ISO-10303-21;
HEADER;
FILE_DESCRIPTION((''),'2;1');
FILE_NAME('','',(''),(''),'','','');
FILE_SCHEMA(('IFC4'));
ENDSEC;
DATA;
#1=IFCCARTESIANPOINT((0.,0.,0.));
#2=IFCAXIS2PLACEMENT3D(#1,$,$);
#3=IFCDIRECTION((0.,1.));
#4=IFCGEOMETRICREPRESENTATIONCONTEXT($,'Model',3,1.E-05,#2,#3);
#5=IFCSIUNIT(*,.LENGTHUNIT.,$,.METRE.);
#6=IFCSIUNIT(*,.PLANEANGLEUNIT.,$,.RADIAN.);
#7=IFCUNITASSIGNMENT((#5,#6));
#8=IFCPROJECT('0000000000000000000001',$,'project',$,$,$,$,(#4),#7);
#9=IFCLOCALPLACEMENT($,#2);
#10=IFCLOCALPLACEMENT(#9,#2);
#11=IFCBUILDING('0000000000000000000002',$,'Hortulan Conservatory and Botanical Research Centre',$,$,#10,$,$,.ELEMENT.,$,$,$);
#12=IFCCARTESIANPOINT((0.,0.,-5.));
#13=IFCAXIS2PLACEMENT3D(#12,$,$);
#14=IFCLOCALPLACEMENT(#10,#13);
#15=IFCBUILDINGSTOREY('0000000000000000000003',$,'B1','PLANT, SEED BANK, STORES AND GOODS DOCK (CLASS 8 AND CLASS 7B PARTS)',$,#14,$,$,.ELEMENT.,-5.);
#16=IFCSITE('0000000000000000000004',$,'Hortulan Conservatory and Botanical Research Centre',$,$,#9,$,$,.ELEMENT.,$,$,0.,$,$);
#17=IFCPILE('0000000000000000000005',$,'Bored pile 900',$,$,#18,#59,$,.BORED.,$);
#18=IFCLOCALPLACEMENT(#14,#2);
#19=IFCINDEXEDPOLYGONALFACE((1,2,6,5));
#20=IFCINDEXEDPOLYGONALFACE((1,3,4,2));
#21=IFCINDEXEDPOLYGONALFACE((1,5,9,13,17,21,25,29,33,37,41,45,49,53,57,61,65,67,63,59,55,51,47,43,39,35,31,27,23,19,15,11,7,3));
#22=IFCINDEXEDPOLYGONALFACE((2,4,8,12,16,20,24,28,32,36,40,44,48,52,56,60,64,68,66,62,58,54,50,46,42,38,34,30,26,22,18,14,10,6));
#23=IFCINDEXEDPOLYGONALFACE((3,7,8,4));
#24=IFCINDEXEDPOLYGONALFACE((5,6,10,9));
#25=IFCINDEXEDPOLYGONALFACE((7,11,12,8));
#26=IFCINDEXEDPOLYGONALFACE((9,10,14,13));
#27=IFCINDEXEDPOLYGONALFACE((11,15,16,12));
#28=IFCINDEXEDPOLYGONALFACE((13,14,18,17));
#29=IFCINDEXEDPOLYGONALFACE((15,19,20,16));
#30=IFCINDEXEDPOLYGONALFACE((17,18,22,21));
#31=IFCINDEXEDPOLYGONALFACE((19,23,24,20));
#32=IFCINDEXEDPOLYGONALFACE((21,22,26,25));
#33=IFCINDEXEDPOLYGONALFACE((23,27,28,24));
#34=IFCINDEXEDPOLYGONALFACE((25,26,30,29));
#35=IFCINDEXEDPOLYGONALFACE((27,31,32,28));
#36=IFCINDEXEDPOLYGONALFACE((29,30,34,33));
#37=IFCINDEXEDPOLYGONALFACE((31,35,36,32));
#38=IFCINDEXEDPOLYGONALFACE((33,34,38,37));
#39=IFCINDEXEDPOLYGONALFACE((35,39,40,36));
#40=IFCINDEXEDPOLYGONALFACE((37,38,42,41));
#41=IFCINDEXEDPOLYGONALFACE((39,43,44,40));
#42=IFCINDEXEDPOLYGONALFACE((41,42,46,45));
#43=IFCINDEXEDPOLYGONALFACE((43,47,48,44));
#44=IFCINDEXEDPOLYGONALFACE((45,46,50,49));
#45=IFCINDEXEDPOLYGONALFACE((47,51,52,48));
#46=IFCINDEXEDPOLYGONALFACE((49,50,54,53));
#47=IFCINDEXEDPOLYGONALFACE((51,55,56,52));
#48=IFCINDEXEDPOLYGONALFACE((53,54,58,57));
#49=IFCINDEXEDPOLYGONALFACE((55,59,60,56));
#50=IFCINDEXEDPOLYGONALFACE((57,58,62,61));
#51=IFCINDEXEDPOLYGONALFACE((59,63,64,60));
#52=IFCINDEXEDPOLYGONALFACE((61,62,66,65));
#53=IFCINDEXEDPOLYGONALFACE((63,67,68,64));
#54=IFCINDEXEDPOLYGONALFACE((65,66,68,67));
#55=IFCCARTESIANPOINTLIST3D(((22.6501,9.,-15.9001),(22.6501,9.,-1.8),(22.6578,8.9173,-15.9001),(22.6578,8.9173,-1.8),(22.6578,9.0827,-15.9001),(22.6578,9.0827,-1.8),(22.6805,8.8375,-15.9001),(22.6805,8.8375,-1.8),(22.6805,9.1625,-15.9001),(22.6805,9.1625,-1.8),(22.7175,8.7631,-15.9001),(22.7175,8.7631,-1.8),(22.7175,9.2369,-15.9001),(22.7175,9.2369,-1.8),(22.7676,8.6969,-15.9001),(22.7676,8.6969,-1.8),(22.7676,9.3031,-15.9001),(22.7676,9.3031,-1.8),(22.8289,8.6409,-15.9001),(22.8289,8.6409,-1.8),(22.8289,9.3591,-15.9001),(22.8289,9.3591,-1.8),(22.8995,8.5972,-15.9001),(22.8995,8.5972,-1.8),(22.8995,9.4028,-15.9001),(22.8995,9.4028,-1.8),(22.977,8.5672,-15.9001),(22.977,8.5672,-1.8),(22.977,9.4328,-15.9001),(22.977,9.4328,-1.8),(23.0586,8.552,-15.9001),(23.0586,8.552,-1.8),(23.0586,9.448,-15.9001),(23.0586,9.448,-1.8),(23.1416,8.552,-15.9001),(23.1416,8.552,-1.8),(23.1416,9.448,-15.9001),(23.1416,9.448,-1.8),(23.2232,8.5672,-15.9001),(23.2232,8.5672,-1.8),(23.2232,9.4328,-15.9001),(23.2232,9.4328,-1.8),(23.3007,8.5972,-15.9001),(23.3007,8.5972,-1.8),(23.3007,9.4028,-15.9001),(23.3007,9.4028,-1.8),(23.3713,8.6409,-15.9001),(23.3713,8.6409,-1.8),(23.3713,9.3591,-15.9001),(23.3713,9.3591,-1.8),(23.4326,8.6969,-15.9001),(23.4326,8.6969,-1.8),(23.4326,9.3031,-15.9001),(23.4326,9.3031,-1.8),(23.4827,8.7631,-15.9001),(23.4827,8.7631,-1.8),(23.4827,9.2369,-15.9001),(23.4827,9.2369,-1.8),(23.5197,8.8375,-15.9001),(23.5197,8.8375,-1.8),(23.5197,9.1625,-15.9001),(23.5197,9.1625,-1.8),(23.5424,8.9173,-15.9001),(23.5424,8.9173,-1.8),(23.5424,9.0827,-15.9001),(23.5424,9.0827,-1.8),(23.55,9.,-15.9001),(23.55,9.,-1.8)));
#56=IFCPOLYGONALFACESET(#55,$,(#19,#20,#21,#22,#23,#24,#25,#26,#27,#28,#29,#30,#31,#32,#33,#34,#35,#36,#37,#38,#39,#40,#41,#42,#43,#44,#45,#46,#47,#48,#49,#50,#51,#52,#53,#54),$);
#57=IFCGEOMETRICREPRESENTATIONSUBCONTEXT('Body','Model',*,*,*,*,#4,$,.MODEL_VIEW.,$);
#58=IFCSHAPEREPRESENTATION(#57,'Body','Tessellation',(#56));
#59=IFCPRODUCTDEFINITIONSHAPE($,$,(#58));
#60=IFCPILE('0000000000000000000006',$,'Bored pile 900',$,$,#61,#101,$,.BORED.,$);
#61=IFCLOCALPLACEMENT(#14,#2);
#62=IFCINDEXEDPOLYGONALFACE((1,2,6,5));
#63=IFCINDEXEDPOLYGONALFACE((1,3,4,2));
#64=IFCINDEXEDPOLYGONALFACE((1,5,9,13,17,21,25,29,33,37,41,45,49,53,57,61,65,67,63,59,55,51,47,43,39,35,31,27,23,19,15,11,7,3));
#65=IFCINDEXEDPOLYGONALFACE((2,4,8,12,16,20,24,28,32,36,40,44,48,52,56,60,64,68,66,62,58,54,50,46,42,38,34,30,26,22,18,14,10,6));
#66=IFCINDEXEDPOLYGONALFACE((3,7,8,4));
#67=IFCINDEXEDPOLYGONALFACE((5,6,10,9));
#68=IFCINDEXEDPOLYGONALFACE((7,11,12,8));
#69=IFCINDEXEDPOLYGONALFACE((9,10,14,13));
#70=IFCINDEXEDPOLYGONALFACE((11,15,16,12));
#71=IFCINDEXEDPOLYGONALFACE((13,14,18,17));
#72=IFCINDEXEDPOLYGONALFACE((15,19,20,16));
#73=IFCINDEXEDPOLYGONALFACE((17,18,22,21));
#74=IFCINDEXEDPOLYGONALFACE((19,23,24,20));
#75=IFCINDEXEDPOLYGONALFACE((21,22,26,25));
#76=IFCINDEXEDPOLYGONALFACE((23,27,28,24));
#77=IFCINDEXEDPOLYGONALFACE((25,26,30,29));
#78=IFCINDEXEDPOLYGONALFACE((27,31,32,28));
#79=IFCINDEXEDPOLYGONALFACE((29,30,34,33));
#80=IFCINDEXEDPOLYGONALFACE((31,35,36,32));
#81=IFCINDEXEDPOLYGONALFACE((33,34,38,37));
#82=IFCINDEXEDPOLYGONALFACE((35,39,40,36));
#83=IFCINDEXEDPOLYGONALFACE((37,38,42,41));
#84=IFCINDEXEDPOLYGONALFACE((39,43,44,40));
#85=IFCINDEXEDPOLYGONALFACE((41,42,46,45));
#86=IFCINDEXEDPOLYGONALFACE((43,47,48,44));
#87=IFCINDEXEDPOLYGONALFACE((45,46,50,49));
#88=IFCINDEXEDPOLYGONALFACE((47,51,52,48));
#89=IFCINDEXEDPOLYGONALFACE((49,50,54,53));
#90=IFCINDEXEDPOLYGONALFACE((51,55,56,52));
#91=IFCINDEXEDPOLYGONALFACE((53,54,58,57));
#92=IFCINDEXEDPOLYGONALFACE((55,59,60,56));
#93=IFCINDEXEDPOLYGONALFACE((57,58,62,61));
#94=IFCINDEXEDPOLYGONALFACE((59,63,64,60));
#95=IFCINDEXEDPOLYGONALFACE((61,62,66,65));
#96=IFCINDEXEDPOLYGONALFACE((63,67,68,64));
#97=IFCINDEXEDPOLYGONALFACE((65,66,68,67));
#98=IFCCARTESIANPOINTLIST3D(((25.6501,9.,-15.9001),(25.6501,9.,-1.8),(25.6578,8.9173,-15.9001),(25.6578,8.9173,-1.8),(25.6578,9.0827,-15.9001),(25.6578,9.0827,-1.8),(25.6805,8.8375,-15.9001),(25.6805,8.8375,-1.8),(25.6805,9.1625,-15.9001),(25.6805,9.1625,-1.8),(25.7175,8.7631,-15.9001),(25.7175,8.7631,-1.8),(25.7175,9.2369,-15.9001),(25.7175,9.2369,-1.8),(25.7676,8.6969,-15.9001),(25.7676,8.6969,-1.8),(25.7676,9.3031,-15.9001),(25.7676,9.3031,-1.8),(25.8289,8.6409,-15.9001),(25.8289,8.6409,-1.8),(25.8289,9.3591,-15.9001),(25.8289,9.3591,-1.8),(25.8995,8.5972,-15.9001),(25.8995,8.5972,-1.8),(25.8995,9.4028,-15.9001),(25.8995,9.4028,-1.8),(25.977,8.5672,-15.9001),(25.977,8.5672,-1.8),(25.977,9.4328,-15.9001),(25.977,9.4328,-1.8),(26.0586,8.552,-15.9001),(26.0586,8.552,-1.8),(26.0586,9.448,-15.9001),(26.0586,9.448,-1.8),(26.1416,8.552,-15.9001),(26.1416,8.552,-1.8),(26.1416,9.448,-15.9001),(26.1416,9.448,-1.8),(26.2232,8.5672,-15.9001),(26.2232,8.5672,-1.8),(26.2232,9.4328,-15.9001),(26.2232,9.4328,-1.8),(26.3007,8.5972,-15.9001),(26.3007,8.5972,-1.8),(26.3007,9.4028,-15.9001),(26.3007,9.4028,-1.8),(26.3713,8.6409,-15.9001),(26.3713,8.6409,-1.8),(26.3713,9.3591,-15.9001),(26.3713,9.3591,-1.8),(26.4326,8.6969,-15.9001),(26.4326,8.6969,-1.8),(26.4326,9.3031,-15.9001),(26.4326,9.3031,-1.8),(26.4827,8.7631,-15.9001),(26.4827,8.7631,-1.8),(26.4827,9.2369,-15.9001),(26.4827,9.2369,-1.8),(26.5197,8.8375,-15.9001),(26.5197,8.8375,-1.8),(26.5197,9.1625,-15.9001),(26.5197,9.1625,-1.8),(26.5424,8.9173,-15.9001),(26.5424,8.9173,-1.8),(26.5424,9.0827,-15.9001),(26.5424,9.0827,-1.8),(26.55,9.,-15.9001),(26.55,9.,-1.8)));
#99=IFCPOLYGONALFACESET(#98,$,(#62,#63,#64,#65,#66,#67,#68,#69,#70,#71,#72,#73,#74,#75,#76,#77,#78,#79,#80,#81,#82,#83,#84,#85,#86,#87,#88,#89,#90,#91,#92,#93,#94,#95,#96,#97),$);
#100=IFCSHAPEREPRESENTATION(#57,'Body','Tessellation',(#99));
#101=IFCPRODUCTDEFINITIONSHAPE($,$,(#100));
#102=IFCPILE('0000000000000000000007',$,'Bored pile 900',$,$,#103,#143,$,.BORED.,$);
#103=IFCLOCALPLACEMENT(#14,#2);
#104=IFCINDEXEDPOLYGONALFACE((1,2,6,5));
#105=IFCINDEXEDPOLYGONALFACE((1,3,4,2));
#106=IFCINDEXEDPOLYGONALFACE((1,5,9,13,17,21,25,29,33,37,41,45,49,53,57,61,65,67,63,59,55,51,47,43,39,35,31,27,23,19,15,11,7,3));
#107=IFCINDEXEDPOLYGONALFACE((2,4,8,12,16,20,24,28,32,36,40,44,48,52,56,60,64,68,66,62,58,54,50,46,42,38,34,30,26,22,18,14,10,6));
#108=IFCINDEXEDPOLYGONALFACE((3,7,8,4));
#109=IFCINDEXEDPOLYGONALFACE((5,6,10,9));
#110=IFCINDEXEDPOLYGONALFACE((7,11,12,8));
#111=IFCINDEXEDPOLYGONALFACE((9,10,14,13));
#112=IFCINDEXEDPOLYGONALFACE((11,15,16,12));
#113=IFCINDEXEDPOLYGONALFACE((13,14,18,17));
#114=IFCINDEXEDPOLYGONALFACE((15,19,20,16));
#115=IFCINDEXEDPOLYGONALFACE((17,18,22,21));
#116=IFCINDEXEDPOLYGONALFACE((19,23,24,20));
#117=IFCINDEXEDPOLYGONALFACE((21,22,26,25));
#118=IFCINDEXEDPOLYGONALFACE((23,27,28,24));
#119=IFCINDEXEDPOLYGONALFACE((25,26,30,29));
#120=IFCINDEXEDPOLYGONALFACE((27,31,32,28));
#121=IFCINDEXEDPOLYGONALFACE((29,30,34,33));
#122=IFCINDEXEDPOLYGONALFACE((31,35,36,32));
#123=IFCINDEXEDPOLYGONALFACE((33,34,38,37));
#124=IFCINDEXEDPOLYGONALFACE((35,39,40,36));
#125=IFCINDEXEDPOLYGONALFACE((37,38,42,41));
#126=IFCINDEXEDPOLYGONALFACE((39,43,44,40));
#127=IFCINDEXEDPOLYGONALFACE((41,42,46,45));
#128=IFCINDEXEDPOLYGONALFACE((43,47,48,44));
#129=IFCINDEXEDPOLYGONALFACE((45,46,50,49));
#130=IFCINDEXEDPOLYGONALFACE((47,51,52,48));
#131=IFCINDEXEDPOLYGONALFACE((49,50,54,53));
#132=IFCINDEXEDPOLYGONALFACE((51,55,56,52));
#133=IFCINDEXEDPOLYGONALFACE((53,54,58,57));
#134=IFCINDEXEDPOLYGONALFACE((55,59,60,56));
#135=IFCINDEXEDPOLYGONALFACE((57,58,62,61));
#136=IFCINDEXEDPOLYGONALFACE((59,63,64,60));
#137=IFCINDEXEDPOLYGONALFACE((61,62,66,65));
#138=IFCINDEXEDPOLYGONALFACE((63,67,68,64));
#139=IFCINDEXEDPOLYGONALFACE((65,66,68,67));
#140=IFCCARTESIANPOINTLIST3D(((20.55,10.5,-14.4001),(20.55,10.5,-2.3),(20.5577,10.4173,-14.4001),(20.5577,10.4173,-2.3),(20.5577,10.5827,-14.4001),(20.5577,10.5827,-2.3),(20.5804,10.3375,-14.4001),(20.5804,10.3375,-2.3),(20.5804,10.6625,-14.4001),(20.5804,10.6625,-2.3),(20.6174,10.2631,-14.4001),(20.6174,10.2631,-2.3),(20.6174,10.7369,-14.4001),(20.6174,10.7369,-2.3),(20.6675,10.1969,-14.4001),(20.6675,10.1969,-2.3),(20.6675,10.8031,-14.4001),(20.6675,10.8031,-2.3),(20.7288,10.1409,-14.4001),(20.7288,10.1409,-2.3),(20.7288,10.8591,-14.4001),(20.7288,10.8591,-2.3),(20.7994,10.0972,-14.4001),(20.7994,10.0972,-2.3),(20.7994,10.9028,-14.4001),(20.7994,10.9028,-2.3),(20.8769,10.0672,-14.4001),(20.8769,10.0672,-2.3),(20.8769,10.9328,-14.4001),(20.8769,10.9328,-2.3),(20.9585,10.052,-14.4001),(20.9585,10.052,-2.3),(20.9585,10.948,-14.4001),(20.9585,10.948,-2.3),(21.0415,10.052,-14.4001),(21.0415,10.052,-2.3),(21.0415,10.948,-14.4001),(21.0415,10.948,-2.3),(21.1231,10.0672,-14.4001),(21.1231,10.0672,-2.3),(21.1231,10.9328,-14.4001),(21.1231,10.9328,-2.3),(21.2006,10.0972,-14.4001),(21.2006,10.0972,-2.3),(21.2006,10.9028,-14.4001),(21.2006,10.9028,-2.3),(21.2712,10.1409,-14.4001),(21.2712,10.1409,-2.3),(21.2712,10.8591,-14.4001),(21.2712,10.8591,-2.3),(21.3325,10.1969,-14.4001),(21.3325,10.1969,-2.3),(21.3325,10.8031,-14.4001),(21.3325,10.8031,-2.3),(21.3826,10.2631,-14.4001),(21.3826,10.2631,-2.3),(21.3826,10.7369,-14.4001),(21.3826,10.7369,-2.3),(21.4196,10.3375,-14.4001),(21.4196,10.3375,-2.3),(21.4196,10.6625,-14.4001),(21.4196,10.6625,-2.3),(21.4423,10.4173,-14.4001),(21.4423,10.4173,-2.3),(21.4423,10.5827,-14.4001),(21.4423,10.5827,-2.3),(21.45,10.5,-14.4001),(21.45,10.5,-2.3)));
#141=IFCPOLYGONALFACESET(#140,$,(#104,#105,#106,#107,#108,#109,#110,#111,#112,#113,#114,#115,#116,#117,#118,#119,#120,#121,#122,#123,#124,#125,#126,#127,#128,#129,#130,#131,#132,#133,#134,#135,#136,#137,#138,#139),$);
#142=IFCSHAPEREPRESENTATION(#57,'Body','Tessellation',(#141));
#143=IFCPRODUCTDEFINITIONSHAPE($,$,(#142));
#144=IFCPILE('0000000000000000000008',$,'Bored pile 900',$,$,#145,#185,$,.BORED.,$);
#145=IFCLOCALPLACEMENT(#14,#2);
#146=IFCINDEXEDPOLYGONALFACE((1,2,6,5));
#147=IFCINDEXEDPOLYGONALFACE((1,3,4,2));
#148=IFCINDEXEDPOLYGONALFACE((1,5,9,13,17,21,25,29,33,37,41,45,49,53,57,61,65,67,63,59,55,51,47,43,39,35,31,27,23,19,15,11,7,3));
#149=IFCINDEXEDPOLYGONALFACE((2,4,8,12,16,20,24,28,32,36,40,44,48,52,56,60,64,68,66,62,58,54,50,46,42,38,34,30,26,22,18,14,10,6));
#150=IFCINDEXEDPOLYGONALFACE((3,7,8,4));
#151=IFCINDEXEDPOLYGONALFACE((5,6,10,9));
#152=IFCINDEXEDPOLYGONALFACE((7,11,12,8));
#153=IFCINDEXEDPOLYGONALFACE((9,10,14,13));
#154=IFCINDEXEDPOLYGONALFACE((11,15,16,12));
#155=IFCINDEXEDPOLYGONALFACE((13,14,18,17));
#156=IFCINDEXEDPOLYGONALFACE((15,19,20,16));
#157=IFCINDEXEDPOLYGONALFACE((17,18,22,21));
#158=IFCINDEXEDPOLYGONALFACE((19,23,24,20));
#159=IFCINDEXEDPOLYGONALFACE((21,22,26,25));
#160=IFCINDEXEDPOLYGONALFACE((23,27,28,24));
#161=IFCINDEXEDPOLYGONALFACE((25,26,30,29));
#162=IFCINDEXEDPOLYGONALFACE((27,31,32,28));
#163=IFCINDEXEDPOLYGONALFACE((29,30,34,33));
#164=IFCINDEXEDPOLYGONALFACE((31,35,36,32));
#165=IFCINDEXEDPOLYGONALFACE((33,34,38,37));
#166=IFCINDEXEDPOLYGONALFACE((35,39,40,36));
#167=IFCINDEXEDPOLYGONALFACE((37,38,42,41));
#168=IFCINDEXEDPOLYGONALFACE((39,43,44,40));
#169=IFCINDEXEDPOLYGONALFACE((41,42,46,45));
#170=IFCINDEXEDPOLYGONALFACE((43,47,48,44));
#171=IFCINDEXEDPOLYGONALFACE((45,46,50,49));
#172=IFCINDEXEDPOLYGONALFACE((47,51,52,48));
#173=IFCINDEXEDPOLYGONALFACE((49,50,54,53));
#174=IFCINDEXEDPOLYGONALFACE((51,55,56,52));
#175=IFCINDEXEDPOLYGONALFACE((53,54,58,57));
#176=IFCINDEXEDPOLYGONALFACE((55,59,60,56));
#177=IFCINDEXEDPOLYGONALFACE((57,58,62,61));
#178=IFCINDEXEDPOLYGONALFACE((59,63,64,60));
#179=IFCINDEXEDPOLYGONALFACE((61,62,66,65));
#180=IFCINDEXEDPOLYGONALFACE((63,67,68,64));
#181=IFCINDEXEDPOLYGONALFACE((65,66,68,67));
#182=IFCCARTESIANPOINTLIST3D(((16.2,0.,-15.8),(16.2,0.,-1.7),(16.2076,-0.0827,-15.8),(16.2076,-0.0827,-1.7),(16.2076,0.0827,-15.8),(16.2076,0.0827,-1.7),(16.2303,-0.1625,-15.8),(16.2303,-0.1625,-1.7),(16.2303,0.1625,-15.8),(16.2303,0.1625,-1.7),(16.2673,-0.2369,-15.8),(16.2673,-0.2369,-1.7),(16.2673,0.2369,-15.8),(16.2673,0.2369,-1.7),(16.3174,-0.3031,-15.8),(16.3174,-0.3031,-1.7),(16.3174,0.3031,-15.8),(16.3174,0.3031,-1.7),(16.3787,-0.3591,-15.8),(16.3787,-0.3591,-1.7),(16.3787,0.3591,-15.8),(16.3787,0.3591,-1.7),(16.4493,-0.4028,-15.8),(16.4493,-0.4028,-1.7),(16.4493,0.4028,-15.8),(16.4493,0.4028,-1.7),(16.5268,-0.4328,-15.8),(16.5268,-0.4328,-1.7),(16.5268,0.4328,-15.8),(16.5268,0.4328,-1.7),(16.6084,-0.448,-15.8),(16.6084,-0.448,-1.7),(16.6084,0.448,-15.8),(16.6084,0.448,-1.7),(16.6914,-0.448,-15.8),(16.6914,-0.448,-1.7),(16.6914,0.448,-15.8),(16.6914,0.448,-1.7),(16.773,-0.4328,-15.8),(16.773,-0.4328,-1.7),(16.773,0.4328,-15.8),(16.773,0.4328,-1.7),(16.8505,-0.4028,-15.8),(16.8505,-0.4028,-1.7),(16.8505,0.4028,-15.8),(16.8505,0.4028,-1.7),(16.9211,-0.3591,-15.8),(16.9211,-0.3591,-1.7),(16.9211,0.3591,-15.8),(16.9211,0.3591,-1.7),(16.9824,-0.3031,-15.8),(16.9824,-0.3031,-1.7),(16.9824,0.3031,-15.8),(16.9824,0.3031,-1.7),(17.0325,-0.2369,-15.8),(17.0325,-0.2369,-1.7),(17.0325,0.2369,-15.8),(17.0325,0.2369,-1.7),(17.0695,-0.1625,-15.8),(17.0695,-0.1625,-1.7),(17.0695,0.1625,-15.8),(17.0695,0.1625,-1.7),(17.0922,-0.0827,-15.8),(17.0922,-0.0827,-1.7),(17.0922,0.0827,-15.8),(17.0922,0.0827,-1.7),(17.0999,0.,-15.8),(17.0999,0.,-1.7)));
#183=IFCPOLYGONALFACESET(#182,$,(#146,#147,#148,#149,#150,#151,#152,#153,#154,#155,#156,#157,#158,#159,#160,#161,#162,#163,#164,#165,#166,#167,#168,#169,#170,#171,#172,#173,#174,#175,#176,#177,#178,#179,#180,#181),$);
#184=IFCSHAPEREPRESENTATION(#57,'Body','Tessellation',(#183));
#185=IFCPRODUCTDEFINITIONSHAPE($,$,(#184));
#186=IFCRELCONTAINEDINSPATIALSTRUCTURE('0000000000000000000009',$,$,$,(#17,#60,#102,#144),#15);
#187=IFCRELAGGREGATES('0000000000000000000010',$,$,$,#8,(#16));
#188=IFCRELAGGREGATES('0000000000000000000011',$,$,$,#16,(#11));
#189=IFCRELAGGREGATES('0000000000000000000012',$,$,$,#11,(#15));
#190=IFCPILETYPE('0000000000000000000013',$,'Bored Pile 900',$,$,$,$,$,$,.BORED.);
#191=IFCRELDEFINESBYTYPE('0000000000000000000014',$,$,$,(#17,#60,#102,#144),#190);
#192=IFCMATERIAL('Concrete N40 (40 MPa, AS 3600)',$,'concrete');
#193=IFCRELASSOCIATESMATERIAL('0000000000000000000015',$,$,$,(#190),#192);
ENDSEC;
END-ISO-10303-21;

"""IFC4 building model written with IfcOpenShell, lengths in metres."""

from ifc_helpers import new_model, si_unit, direction, frame, origin, origin_2d, place, context, subcontext, project, spatial, circle, extrude, material, material_profile, profile_set, type_object, element, save


model = new_model("IFC4")

# Units and contexts
model_context = context("Model", 3, precision=1e-05, world=origin(), true_north=direction((0.0, 1.0)))
body_context = subcontext(model_context, "Body", "Model", "MODEL_VIEW")
ifc_project = project(units=[si_unit("LENGTHUNIT", "METRE"), si_unit("PLANEANGLEUNIT", "RADIAN")], contexts=[model_context])

# Site, building, storey
site_placement = place(None, origin())
site = spatial("IfcSite", under=ifc_project, at=site_placement, Name="Hortulan Conservatory and Botanical Research Centre", CompositionType="ELEMENT", RefElevation=0.0)
building_placement = place(site_placement, origin())
building = spatial("IfcBuilding", under=site, at=building_placement, Name="Hortulan Conservatory and Botanical Research Centre", CompositionType="ELEMENT")
storey_placement = place(building_placement, frame((0.0, 0.0, -5.0)))
storey = spatial("IfcBuildingStorey", under=building, at=storey_placement, Name="B1", Description="PLANT, SEED BANK, STORES AND GOODS DOCK (CLASS 8 AND CLASS 7B PARTS)", CompositionType="ELEMENT", Elevation=-5.0)

# Piles
ifc_material_1 = material(Name="Concrete N40 (40 MPa, AS 3600)", Category="concrete")
ifc_material_profile_1 = material_profile(ifc_material_1, circle(Radius=0.45, at=origin_2d()), Name="Bored pile 900 diameter")
ifc_profile_set_1 = profile_set([ifc_material_profile_1], Name="Concrete N40 (40 MPa, AS 3600)")
pile_type = type_object("IfcPileType", Name="Bored Pile 900", PredefinedType="BORED", material=ifc_profile_set_1)
for number, where, z_axis, x_axis, name in (
    (1, (23.1001, 9.0, -1.8), (0.0, 0.0, -1.0), (1.0, 0.0, 0.0), "Bored pile 900"),
    (2, (26.1001, 9.0, -1.8), (0.0, 0.0, -1.0), (1.0, 0.0, 0.0), "Bored pile 900"),
):
    element("IfcPile", number, at=place(storey_placement, frame(where, z_axis=z_axis, x_axis=x_axis)), inside=storey, type_object=pile_type, Name=name, PredefinedType="BORED", context=body_context, shape_type="SweptSolid", body=[
        extrude(circle(Radius=0.45, at=origin_2d()), origin(), (0.0, 0.0, 1.0), 14.1001),
    ])
pile_placement = place(storey_placement, frame((21.0, 10.5, -2.3), z_axis=(0.0, 0.0, -1.0), x_axis=(1.0, 0.0, 0.0)))
element("IfcPile", 3, at=pile_placement, inside=storey, type_object=pile_type, Name="Bored pile 900", PredefinedType="BORED", context=body_context, shape_type="SweptSolid", body=[
    extrude(circle(Radius=0.45, at=origin_2d()), origin(), (0.0, 0.0, 1.0), 12.1001),
])
for number, where, z_axis, x_axis, name in (
    (4, (16.6499, 0.0, -1.7), (0.0, 0.0, -1.0), (1.0, 0.0, 0.0), "Bored pile 900"),
):
    element("IfcPile", number, at=place(storey_placement, frame(where, z_axis=z_axis, x_axis=x_axis)), inside=storey, type_object=pile_type, Name=name, PredefinedType="BORED", context=body_context, shape_type="SweptSolid", body=[
        extrude(circle(Radius=0.45, at=origin_2d()), origin(), (0.0, 0.0, 1.0), 14.1001),
    ])

save(model, "model.ifc")
